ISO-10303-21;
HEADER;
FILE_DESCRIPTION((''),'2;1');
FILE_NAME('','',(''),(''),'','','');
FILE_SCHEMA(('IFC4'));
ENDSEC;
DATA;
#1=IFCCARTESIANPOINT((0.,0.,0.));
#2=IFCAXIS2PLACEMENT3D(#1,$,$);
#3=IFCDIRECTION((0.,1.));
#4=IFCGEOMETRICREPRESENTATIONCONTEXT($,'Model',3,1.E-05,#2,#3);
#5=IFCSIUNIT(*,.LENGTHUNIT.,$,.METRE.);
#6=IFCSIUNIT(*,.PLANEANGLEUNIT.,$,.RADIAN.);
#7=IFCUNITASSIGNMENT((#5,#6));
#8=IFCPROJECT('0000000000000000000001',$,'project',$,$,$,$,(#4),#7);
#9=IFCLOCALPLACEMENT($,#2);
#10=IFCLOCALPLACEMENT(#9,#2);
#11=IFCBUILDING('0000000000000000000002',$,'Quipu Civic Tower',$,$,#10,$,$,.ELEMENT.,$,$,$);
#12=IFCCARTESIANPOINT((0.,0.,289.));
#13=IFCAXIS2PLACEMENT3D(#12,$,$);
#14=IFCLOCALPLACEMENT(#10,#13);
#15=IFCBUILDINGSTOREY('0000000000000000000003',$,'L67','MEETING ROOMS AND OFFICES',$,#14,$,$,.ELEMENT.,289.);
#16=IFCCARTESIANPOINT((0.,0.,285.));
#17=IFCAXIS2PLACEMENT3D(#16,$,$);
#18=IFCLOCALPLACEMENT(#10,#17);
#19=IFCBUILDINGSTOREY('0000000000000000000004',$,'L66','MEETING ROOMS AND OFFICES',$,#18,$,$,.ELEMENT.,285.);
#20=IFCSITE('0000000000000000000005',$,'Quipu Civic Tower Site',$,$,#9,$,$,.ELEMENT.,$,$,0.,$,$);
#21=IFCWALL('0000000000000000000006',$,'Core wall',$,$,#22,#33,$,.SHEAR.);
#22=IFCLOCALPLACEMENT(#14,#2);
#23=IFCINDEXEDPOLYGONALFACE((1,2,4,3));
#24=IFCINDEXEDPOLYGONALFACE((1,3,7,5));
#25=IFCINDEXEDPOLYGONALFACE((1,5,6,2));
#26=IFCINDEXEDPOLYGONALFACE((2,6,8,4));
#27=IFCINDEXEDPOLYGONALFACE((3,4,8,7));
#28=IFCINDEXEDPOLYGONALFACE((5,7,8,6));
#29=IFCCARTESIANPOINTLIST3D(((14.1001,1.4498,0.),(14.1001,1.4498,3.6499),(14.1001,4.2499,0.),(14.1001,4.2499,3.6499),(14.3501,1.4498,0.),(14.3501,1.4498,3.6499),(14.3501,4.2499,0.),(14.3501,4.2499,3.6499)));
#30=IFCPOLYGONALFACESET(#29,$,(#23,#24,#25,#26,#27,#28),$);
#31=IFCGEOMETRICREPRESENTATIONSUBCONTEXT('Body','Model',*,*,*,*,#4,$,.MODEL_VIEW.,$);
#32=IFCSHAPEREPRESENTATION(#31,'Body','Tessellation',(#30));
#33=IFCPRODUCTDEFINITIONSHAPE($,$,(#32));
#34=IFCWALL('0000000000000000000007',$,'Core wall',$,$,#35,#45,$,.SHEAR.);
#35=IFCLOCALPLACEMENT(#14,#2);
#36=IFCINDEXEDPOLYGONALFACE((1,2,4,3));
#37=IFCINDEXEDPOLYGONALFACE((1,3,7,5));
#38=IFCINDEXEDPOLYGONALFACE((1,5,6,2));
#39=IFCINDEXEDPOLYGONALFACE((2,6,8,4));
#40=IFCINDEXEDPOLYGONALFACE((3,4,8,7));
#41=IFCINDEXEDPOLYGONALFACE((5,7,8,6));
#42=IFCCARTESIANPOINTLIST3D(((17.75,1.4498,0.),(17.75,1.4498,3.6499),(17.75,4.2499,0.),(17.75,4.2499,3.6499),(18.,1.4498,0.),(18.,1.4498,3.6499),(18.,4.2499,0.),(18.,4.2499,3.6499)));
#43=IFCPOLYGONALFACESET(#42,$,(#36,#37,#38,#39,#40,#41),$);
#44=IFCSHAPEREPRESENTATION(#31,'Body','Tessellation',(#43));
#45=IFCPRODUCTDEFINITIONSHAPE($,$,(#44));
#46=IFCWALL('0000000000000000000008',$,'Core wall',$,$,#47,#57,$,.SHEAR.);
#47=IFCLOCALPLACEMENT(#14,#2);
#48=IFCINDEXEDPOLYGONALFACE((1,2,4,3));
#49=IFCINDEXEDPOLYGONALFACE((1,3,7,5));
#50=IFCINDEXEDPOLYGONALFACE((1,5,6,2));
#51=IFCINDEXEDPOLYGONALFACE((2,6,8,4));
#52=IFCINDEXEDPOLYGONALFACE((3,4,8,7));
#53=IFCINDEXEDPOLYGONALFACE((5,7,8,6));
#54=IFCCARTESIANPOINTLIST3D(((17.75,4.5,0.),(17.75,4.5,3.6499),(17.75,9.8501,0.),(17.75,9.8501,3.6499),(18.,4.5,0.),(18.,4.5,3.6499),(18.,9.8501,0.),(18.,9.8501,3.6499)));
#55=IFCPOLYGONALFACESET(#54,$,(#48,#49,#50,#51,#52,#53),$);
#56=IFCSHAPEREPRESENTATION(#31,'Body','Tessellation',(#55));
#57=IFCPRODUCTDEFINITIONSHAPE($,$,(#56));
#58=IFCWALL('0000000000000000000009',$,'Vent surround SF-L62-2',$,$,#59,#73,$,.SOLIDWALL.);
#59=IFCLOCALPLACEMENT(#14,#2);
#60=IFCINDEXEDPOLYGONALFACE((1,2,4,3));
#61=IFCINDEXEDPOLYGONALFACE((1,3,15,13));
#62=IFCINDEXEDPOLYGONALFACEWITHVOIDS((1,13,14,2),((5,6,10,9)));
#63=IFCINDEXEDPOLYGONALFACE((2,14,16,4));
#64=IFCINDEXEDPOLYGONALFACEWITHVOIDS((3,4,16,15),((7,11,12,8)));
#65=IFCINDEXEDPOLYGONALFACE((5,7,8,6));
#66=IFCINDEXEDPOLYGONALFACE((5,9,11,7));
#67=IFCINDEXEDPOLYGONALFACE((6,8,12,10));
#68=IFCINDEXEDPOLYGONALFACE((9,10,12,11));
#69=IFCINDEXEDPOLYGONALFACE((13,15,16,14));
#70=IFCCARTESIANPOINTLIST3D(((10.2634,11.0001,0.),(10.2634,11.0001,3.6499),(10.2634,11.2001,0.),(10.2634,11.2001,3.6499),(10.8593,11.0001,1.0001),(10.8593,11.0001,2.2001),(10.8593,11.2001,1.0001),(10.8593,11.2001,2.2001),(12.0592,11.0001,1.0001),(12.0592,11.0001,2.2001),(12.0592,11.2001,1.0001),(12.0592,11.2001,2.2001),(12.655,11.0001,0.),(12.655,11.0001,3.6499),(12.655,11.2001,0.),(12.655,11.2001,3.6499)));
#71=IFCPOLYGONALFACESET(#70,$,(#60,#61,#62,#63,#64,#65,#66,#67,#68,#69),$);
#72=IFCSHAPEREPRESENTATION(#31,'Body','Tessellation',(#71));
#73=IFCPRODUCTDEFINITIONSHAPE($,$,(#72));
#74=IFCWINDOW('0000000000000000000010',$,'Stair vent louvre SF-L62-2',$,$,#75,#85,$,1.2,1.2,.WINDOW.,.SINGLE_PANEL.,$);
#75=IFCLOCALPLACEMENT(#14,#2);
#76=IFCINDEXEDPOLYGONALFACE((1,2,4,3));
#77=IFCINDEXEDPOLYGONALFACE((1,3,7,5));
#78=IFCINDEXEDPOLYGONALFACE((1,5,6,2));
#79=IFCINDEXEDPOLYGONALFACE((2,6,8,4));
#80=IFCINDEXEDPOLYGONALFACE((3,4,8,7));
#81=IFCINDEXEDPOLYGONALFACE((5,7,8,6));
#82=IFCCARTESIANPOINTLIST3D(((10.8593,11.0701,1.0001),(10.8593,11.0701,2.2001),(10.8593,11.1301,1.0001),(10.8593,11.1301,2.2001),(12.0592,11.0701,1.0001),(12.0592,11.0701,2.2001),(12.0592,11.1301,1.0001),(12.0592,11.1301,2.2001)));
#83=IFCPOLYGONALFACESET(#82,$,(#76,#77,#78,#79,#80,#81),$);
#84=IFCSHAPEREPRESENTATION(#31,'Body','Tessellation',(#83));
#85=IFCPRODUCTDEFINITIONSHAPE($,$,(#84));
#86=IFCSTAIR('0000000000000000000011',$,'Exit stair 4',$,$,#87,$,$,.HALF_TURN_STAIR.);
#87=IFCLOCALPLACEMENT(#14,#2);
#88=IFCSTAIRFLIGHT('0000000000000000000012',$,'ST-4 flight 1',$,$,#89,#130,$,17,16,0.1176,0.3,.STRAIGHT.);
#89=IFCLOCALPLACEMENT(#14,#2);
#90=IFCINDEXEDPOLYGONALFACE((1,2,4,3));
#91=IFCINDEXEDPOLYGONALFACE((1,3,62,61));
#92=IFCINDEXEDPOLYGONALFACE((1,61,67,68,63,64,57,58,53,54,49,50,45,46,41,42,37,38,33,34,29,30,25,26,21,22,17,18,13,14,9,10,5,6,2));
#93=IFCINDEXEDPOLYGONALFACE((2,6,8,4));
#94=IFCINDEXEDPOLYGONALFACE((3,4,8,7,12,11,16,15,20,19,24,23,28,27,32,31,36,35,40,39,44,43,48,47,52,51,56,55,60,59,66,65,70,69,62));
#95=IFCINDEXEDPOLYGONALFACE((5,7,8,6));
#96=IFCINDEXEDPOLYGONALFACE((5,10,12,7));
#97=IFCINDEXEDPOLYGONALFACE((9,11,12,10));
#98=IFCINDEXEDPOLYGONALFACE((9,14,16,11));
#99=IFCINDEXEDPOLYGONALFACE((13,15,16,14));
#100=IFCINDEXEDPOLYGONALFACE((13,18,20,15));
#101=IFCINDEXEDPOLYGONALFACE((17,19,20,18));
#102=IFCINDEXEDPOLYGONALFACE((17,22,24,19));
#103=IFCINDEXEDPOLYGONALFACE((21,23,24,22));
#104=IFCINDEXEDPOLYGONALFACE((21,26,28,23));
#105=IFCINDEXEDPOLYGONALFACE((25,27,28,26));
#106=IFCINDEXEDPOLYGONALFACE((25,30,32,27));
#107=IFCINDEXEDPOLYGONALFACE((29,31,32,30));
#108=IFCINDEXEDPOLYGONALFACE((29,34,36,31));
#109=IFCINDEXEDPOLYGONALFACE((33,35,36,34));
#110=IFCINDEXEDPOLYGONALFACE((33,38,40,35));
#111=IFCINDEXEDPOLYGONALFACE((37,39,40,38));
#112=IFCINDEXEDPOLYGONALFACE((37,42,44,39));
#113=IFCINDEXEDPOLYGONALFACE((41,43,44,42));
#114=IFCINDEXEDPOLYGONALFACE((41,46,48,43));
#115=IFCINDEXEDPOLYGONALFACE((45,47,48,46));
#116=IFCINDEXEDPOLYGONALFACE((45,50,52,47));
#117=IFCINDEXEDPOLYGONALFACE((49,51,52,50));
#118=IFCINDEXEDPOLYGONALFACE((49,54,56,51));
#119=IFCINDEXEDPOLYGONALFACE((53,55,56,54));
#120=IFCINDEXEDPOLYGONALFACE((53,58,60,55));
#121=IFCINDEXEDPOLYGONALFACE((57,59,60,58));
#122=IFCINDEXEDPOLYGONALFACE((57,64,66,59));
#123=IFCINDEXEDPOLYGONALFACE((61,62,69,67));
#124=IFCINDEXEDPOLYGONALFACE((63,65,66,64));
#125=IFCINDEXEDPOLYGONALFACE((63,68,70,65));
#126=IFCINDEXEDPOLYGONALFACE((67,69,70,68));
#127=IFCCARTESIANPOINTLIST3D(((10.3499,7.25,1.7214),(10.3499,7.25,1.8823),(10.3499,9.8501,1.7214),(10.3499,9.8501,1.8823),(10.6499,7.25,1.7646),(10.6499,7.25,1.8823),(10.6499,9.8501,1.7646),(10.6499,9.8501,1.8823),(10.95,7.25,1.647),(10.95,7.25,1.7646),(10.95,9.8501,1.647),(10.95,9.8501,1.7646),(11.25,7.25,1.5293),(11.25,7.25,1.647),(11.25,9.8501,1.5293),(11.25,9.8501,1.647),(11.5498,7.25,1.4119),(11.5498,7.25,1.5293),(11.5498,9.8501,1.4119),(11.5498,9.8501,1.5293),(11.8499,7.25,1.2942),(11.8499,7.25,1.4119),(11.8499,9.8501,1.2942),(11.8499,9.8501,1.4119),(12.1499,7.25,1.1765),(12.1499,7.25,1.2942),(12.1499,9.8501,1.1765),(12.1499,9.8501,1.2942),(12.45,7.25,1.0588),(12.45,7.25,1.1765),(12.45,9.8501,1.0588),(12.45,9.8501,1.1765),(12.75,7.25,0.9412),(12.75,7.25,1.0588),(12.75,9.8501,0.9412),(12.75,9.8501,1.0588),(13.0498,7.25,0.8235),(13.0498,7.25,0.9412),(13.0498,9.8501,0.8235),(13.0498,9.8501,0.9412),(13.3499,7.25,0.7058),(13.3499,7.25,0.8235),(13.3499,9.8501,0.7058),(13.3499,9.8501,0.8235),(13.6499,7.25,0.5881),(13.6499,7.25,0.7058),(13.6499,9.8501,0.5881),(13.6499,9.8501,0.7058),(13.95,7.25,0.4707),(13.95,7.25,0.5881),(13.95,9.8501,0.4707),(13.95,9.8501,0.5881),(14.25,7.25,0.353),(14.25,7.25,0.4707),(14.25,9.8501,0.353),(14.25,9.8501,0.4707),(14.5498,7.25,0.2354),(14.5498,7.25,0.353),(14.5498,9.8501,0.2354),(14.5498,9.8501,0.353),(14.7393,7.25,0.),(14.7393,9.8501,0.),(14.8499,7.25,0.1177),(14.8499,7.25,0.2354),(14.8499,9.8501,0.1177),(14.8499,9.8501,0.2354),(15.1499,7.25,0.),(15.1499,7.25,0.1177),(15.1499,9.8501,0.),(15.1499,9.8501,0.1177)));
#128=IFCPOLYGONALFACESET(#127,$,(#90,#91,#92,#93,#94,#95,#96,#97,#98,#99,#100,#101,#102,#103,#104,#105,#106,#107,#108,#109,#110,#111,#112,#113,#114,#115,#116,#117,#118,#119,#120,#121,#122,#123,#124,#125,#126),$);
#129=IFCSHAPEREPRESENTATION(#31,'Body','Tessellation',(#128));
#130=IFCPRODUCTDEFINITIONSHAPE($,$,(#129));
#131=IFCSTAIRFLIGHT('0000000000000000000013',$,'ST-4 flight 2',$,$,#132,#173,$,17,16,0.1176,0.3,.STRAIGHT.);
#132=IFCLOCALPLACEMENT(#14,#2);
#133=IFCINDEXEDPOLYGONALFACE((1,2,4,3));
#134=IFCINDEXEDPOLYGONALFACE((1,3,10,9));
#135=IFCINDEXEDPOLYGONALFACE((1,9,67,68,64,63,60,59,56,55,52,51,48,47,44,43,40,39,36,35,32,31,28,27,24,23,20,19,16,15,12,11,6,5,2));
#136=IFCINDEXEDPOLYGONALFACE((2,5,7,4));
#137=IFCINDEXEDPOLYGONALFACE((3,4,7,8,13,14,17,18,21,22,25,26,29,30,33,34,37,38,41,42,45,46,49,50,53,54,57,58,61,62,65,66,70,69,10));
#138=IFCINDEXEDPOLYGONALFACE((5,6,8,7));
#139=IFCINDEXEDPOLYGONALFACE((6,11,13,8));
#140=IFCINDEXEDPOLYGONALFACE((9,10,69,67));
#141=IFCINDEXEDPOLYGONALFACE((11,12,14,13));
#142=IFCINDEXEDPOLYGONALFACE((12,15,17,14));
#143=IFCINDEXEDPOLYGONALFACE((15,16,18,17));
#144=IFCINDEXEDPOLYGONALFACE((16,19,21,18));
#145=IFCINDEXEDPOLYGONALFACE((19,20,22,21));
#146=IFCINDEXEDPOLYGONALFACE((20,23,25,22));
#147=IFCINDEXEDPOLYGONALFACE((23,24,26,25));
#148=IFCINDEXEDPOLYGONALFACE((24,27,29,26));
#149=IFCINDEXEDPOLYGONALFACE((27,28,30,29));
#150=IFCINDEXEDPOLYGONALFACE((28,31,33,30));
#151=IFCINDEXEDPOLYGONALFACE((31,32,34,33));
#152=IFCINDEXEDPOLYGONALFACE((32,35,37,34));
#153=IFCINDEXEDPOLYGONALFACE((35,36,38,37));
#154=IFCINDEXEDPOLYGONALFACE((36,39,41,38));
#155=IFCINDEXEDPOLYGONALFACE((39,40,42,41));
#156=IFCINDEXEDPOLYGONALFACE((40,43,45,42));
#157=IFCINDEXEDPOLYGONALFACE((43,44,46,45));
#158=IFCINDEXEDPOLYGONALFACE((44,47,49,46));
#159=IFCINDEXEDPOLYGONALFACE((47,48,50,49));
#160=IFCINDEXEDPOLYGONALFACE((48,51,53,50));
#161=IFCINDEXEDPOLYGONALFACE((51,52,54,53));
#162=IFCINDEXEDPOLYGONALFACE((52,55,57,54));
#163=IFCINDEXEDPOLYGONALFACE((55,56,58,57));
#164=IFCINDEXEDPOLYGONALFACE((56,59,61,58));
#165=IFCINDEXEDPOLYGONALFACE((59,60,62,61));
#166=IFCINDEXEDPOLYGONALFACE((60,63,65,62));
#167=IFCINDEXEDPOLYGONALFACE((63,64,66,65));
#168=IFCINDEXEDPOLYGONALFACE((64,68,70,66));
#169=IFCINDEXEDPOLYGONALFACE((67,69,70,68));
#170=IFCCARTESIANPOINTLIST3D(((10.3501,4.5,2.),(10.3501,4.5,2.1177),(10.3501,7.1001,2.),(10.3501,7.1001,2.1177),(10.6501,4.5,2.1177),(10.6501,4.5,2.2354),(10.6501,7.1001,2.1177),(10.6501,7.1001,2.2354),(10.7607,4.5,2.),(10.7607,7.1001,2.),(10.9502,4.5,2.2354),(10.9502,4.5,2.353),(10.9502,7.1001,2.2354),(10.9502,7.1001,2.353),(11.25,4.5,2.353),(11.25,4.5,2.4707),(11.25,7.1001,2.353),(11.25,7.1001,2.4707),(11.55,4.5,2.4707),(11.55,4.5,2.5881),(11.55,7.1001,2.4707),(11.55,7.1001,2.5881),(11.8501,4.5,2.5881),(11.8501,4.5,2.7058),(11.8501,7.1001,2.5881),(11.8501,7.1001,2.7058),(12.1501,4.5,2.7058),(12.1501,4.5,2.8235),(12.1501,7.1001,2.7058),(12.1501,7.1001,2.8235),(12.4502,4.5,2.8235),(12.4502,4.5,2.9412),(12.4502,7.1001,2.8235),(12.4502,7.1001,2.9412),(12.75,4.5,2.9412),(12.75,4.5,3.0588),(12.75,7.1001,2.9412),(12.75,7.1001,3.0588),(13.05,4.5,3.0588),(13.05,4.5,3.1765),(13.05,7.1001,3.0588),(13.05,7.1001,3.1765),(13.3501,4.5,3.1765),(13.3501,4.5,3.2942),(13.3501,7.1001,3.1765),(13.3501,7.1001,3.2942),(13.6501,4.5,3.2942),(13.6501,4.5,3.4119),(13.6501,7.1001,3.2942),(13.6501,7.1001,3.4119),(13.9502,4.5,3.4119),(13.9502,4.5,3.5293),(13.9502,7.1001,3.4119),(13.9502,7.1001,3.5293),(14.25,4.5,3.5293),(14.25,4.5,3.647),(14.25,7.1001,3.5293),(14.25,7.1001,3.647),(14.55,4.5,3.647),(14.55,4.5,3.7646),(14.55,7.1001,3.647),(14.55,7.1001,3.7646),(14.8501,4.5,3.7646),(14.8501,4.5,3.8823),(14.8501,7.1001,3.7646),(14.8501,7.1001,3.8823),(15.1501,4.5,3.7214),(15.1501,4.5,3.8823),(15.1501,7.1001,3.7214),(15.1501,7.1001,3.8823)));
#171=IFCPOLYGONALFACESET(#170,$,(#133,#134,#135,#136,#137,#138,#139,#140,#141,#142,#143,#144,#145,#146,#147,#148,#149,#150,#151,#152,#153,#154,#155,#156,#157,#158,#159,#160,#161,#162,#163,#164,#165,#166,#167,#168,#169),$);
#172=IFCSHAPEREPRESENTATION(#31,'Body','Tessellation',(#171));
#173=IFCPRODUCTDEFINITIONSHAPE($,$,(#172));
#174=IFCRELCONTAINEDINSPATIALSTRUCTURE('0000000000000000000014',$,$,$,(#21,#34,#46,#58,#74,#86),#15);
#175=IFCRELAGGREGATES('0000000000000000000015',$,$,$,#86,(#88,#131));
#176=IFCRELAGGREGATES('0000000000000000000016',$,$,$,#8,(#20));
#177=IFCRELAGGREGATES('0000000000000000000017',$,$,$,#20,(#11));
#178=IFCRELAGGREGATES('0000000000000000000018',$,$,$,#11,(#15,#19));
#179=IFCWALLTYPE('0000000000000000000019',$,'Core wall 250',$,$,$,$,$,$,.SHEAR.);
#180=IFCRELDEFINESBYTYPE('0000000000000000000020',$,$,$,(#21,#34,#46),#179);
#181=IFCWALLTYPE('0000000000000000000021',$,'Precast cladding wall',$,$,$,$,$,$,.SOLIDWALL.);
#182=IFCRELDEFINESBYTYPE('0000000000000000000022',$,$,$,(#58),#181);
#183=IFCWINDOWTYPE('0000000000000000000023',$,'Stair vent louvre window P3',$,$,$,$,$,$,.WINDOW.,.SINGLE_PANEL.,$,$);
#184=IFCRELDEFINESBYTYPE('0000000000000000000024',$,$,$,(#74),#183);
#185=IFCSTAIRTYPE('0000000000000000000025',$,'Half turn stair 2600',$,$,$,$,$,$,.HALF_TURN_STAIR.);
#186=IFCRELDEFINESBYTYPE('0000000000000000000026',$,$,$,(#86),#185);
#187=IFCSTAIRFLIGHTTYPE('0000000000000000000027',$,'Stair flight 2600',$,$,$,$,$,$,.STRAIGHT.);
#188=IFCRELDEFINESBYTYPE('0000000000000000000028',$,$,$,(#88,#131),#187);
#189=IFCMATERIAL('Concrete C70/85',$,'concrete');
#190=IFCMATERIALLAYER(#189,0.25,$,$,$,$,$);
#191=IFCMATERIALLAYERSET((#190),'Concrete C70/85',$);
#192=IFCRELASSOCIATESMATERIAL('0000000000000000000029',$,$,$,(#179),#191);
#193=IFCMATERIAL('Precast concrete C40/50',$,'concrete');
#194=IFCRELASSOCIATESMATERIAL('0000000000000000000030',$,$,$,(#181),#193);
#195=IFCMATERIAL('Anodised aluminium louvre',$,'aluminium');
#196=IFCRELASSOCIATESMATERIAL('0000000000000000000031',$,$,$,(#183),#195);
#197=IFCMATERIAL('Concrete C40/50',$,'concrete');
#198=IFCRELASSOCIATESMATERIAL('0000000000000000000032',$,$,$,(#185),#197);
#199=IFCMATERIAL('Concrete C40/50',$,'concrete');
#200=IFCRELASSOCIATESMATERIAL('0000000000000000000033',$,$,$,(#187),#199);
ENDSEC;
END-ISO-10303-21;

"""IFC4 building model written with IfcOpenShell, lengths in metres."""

from ifc_helpers import new_model, si_unit, direction, frame, frame_2d, origin, place, context, subcontext, project, spatial, polyline, rectangle, outline, extrude, material, layer, layer_set, type_object, element, fill, aggregate, save


model = new_model("IFC4")

# Units and contexts
model_context = context("Model", 3, precision=1e-05, world=origin(), true_north=direction((0.0, 1.0)))
body_context = subcontext(model_context, "Body", "Model", "MODEL_VIEW")
ifc_project = project(units=[si_unit("LENGTHUNIT", "METRE"), si_unit("PLANEANGLEUNIT", "RADIAN")], contexts=[model_context])

# Site, building, storey
site_placement = place(None, origin())
site = spatial("IfcSite", under=ifc_project, at=site_placement, Name="Quipu Civic Tower Site", CompositionType="ELEMENT", RefElevation=0.0)
building_placement = place(site_placement, origin())
building = spatial("IfcBuilding", under=site, at=building_placement, Name="Quipu Civic Tower", CompositionType="ELEMENT")
storey_1_placement = place(building_placement, frame((0.0, 0.0, 289.0)))
storey_1 = spatial("IfcBuildingStorey", under=building, at=storey_1_placement, Name="L67", Description="MEETING ROOMS AND OFFICES", CompositionType="ELEMENT", Elevation=289.0)

# Shared definitions
storey_2_placement = place(building_placement, frame((0.0, 0.0, 285.0)))
storey_2 = spatial("IfcBuildingStorey", under=building, at=storey_2_placement, Name="L66", Description="MEETING ROOMS AND OFFICES", CompositionType="ELEMENT", Elevation=285.0)

# Shared definitions
ifc_material_1 = material(Name="Concrete C70/85", Category="concrete")
ifc_layer_1 = layer(ifc_material_1, 0.25)
ifc_layer_set_1 = layer_set([ifc_layer_1], Name="Concrete C70/85")
wall_type_1 = type_object("IfcWallType", Name="Core wall 250", PredefinedType="SHEAR", material=ifc_layer_set_1)

# Walls
for number, where, z_axis, x_axis, name in (
    (1, (14.2251, 1.45, 0.0), (0.0, 0.0, 1.0), (0.0, 1.0, 0.0), "Core wall"),
    (2, (17.875, 1.45, 0.0), (0.0, 0.0, 1.0), (0.0, 1.0, 0.0), "Core wall"),
):
    element("IfcWall", number, at=place(storey_1_placement, frame(where, z_axis=z_axis, x_axis=x_axis)), inside=storey_1, type_object=wall_type_1, Name=name, PredefinedType="SHEAR", context=body_context, shape_type="SweptSolid", body=[
        extrude(rectangle(XDim=2.8, YDim=0.25, at=frame_2d((1.3999, 0.0))), origin(), (0.0, 0.0, 1.0), 3.6499),
    ])
wall_1_placement = place(storey_1_placement, frame((17.875, 4.5, 0.0), z_axis=(0.0, 0.0, 1.0), x_axis=(0.0, 1.0, 0.0)))
element("IfcWall", 3, at=wall_1_placement, inside=storey_1, type_object=wall_type_1, Name="Core wall", PredefinedType="SHEAR", context=body_context, shape_type="SweptSolid", body=[
    extrude(rectangle(XDim=5.3501, YDim=0.25, at=frame_2d((2.675, 0.0))), origin(), (0.0, 0.0, 1.0), 3.6499),
])

# Wall, opening, window
ifc_material_2 = material(Name="Precast concrete C40/50", Category="concrete")
wall_type_2 = type_object("IfcWallType", Name="Precast cladding wall", PredefinedType="SOLIDWALL", material=ifc_material_2)
wall_2_placement = place(storey_1_placement, frame((12.655, 11.1001, 0.0), z_axis=(0.0, 0.0, 1.0), x_axis=(-1.0, 0.0, 0.0)))
wall_2 = element("IfcWall", 4, at=wall_2_placement, inside=storey_1, type_object=wall_type_2, Name="Vent surround SF-L62-2", PredefinedType="SOLIDWALL", context=body_context, shape_type="SweptSolid", body=[
    extrude(rectangle(XDim=2.3916, YDim=0.2, at=frame_2d((1.1958, 0.0))), origin(), (0.0, 0.0, 1.0), 3.6499),
])
opening_1_placement = place(wall_2_placement, frame((0.5957, 0.0, 1.0)))
opening_1 = element("IfcOpeningElement", 5, at=opening_1_placement, cuts=wall_2, PredefinedType="OPENING", context=body_context, shape_type="SweptSolid", body=[
    extrude(rectangle(XDim=1.2, YDim=1.2, at=frame_2d((0.6001, 0.6001))), frame((0.0, 0.1099, 0.0), z_axis=(0.0, -1.0, 0.0), x_axis=(1.0, 0.0, 0.0)), (0.0, 0.0, 1.0), 0.22),
])
ifc_material_3 = material(Name="Anodised aluminium louvre", Category="aluminium")
window_type = type_object("IfcWindowType", Name="Stair vent louvre window P3", PartitioningType="SINGLE_PANEL", PredefinedType="WINDOW", material=ifc_material_3)
window_placement = place(opening_1_placement, origin())
window = element("IfcWindow", 6, at=window_placement, inside=storey_1, type_object=window_type, Name="Stair vent louvre SF-L62-2", OverallHeight=1.2, OverallWidth=1.2, PartitioningType="SINGLE_PANEL", PredefinedType="WINDOW", context=body_context, shape_type="SweptSolid", body=[
    extrude(rectangle(XDim=1.2, YDim=1.2, at=frame_2d((0.6001, 0.6001))), frame((0.0, 0.03, 0.0), z_axis=(0.0, -1.0, 0.0), x_axis=(1.0, 0.0, 0.0)), (0.0, 0.0, 1.0), 0.0601),
])
fill(opening_1, window)

# Stair, stair flights
ifc_material_4 = material(Name="Concrete C40/50", Category="concrete")
stair_type = type_object("IfcStairType", Name="Half turn stair 2600", PredefinedType="HALF_TURN_STAIR", material=ifc_material_4)
stair_placement = place(storey_1_placement, origin())
stair = element("IfcStair", 7, at=stair_placement, inside=storey_1, type_object=stair_type, Name="Exit stair 4", PredefinedType="HALF_TURN_STAIR")
ifc_material_5 = material(Name="Concrete C40/50", Category="concrete")
stair_flight_type = type_object("IfcStairFlightType", Name="Stair flight 2600", PredefinedType="STRAIGHT", material=ifc_material_5)
stair_flight_1_placement = place(storey_1_placement, frame((15.1499, 8.55, 0.0), z_axis=(0.0, 0.0, 1.0), x_axis=(-1.0, 0.0, 0.0)))
stair_flight_1 = element("IfcStairFlight", 8, at=stair_flight_1_placement, type_object=stair_flight_type, Name="ST-4 flight 1", NumberOfRisers=17, NumberOfTreads=16, PredefinedType="STRAIGHT", RiserHeight=0.1176, TreadLength=0.3, context=body_context, shape_type="SweptSolid", body=[
    extrude(outline(polyline([(0.0, 0.0), (0.0, 0.1177), (0.3, 0.1177), (0.3, 0.2354), (0.6001, 0.2354), (0.6001, 0.353), (0.8999, 0.353), (0.8999, 0.4707), (1.2, 0.4707), (1.2, 0.5881), (1.5, 0.5881), (1.5, 0.7058), (1.8, 0.7058), (1.8, 0.8235), (2.1001, 0.8235), (2.1001, 0.9412), (2.3999, 0.9412), (2.3999, 1.0588), (2.7, 1.0588), (2.7, 1.1765), (3.0, 1.1765), (3.0, 1.2942), (3.3, 1.2942), (3.3, 1.4119), (3.6001, 1.4119), (3.6001, 1.5293), (3.8999, 1.5293), (3.8999, 1.647), (4.2, 1.647), (4.2, 1.7646), (4.5, 1.7646), (4.5, 1.8823), (4.8, 1.8823), (4.8, 2.0), (4.8, 1.7214), (0.4106, 0.0), (0.0, 0.0)])), frame((0.0, 1.3, 0.0), z_axis=(0.0, -1.0, 0.0), x_axis=(1.0, 0.0, 0.0)), (0.0, 0.0, 1.0), 2.6001),
])
stair_flight_2_placement = place(storey_1_placement, frame((10.3501, 5.8, 2.0), z_axis=(0.0, 0.0, 1.0), x_axis=(1.0, 0.0, 0.0)))
stair_flight_2 = element("IfcStairFlight", 9, at=stair_flight_2_placement, type_object=stair_flight_type, Name="ST-4 flight 2", NumberOfRisers=17, NumberOfTreads=16, PredefinedType="STRAIGHT", RiserHeight=0.1176, TreadLength=0.3, context=body_context, shape_type="SweptSolid", body=[
    extrude(outline(polyline([(0.0, 0.0), (0.0, 0.1177), (0.3, 0.1177), (0.3, 0.2354), (0.6001, 0.2354), (0.6001, 0.353), (0.8999, 0.353), (0.8999, 0.4707), (1.2, 0.4707), (1.2, 0.5881), (1.5, 0.5881), (1.5, 0.7058), (1.8, 0.7058), (1.8, 0.8235), (2.1001, 0.8235), (2.1001, 0.9412), (2.3999, 0.9412), (2.3999, 1.0588), (2.7, 1.0588), (2.7, 1.1765), (3.0, 1.1765), (3.0, 1.2942), (3.3, 1.2942), (3.3, 1.4119), (3.6001, 1.4119), (3.6001, 1.5293), (3.8999, 1.5293), (3.8999, 1.647), (4.2, 1.647), (4.2, 1.7646), (4.5, 1.7646), (4.5, 1.8823), (4.8, 1.8823), (4.8, 2.0), (4.8, 1.7214), (0.4106, 0.0), (0.0, 0.0)])), frame((0.0, 1.3, 0.0), z_axis=(0.0, -1.0, 0.0), x_axis=(1.0, 0.0, 0.0)), (0.0, 0.0, 1.0), 2.6001),
])
aggregate(stair, [stair_flight_1, stair_flight_2])

save(model, "model.ifc")
